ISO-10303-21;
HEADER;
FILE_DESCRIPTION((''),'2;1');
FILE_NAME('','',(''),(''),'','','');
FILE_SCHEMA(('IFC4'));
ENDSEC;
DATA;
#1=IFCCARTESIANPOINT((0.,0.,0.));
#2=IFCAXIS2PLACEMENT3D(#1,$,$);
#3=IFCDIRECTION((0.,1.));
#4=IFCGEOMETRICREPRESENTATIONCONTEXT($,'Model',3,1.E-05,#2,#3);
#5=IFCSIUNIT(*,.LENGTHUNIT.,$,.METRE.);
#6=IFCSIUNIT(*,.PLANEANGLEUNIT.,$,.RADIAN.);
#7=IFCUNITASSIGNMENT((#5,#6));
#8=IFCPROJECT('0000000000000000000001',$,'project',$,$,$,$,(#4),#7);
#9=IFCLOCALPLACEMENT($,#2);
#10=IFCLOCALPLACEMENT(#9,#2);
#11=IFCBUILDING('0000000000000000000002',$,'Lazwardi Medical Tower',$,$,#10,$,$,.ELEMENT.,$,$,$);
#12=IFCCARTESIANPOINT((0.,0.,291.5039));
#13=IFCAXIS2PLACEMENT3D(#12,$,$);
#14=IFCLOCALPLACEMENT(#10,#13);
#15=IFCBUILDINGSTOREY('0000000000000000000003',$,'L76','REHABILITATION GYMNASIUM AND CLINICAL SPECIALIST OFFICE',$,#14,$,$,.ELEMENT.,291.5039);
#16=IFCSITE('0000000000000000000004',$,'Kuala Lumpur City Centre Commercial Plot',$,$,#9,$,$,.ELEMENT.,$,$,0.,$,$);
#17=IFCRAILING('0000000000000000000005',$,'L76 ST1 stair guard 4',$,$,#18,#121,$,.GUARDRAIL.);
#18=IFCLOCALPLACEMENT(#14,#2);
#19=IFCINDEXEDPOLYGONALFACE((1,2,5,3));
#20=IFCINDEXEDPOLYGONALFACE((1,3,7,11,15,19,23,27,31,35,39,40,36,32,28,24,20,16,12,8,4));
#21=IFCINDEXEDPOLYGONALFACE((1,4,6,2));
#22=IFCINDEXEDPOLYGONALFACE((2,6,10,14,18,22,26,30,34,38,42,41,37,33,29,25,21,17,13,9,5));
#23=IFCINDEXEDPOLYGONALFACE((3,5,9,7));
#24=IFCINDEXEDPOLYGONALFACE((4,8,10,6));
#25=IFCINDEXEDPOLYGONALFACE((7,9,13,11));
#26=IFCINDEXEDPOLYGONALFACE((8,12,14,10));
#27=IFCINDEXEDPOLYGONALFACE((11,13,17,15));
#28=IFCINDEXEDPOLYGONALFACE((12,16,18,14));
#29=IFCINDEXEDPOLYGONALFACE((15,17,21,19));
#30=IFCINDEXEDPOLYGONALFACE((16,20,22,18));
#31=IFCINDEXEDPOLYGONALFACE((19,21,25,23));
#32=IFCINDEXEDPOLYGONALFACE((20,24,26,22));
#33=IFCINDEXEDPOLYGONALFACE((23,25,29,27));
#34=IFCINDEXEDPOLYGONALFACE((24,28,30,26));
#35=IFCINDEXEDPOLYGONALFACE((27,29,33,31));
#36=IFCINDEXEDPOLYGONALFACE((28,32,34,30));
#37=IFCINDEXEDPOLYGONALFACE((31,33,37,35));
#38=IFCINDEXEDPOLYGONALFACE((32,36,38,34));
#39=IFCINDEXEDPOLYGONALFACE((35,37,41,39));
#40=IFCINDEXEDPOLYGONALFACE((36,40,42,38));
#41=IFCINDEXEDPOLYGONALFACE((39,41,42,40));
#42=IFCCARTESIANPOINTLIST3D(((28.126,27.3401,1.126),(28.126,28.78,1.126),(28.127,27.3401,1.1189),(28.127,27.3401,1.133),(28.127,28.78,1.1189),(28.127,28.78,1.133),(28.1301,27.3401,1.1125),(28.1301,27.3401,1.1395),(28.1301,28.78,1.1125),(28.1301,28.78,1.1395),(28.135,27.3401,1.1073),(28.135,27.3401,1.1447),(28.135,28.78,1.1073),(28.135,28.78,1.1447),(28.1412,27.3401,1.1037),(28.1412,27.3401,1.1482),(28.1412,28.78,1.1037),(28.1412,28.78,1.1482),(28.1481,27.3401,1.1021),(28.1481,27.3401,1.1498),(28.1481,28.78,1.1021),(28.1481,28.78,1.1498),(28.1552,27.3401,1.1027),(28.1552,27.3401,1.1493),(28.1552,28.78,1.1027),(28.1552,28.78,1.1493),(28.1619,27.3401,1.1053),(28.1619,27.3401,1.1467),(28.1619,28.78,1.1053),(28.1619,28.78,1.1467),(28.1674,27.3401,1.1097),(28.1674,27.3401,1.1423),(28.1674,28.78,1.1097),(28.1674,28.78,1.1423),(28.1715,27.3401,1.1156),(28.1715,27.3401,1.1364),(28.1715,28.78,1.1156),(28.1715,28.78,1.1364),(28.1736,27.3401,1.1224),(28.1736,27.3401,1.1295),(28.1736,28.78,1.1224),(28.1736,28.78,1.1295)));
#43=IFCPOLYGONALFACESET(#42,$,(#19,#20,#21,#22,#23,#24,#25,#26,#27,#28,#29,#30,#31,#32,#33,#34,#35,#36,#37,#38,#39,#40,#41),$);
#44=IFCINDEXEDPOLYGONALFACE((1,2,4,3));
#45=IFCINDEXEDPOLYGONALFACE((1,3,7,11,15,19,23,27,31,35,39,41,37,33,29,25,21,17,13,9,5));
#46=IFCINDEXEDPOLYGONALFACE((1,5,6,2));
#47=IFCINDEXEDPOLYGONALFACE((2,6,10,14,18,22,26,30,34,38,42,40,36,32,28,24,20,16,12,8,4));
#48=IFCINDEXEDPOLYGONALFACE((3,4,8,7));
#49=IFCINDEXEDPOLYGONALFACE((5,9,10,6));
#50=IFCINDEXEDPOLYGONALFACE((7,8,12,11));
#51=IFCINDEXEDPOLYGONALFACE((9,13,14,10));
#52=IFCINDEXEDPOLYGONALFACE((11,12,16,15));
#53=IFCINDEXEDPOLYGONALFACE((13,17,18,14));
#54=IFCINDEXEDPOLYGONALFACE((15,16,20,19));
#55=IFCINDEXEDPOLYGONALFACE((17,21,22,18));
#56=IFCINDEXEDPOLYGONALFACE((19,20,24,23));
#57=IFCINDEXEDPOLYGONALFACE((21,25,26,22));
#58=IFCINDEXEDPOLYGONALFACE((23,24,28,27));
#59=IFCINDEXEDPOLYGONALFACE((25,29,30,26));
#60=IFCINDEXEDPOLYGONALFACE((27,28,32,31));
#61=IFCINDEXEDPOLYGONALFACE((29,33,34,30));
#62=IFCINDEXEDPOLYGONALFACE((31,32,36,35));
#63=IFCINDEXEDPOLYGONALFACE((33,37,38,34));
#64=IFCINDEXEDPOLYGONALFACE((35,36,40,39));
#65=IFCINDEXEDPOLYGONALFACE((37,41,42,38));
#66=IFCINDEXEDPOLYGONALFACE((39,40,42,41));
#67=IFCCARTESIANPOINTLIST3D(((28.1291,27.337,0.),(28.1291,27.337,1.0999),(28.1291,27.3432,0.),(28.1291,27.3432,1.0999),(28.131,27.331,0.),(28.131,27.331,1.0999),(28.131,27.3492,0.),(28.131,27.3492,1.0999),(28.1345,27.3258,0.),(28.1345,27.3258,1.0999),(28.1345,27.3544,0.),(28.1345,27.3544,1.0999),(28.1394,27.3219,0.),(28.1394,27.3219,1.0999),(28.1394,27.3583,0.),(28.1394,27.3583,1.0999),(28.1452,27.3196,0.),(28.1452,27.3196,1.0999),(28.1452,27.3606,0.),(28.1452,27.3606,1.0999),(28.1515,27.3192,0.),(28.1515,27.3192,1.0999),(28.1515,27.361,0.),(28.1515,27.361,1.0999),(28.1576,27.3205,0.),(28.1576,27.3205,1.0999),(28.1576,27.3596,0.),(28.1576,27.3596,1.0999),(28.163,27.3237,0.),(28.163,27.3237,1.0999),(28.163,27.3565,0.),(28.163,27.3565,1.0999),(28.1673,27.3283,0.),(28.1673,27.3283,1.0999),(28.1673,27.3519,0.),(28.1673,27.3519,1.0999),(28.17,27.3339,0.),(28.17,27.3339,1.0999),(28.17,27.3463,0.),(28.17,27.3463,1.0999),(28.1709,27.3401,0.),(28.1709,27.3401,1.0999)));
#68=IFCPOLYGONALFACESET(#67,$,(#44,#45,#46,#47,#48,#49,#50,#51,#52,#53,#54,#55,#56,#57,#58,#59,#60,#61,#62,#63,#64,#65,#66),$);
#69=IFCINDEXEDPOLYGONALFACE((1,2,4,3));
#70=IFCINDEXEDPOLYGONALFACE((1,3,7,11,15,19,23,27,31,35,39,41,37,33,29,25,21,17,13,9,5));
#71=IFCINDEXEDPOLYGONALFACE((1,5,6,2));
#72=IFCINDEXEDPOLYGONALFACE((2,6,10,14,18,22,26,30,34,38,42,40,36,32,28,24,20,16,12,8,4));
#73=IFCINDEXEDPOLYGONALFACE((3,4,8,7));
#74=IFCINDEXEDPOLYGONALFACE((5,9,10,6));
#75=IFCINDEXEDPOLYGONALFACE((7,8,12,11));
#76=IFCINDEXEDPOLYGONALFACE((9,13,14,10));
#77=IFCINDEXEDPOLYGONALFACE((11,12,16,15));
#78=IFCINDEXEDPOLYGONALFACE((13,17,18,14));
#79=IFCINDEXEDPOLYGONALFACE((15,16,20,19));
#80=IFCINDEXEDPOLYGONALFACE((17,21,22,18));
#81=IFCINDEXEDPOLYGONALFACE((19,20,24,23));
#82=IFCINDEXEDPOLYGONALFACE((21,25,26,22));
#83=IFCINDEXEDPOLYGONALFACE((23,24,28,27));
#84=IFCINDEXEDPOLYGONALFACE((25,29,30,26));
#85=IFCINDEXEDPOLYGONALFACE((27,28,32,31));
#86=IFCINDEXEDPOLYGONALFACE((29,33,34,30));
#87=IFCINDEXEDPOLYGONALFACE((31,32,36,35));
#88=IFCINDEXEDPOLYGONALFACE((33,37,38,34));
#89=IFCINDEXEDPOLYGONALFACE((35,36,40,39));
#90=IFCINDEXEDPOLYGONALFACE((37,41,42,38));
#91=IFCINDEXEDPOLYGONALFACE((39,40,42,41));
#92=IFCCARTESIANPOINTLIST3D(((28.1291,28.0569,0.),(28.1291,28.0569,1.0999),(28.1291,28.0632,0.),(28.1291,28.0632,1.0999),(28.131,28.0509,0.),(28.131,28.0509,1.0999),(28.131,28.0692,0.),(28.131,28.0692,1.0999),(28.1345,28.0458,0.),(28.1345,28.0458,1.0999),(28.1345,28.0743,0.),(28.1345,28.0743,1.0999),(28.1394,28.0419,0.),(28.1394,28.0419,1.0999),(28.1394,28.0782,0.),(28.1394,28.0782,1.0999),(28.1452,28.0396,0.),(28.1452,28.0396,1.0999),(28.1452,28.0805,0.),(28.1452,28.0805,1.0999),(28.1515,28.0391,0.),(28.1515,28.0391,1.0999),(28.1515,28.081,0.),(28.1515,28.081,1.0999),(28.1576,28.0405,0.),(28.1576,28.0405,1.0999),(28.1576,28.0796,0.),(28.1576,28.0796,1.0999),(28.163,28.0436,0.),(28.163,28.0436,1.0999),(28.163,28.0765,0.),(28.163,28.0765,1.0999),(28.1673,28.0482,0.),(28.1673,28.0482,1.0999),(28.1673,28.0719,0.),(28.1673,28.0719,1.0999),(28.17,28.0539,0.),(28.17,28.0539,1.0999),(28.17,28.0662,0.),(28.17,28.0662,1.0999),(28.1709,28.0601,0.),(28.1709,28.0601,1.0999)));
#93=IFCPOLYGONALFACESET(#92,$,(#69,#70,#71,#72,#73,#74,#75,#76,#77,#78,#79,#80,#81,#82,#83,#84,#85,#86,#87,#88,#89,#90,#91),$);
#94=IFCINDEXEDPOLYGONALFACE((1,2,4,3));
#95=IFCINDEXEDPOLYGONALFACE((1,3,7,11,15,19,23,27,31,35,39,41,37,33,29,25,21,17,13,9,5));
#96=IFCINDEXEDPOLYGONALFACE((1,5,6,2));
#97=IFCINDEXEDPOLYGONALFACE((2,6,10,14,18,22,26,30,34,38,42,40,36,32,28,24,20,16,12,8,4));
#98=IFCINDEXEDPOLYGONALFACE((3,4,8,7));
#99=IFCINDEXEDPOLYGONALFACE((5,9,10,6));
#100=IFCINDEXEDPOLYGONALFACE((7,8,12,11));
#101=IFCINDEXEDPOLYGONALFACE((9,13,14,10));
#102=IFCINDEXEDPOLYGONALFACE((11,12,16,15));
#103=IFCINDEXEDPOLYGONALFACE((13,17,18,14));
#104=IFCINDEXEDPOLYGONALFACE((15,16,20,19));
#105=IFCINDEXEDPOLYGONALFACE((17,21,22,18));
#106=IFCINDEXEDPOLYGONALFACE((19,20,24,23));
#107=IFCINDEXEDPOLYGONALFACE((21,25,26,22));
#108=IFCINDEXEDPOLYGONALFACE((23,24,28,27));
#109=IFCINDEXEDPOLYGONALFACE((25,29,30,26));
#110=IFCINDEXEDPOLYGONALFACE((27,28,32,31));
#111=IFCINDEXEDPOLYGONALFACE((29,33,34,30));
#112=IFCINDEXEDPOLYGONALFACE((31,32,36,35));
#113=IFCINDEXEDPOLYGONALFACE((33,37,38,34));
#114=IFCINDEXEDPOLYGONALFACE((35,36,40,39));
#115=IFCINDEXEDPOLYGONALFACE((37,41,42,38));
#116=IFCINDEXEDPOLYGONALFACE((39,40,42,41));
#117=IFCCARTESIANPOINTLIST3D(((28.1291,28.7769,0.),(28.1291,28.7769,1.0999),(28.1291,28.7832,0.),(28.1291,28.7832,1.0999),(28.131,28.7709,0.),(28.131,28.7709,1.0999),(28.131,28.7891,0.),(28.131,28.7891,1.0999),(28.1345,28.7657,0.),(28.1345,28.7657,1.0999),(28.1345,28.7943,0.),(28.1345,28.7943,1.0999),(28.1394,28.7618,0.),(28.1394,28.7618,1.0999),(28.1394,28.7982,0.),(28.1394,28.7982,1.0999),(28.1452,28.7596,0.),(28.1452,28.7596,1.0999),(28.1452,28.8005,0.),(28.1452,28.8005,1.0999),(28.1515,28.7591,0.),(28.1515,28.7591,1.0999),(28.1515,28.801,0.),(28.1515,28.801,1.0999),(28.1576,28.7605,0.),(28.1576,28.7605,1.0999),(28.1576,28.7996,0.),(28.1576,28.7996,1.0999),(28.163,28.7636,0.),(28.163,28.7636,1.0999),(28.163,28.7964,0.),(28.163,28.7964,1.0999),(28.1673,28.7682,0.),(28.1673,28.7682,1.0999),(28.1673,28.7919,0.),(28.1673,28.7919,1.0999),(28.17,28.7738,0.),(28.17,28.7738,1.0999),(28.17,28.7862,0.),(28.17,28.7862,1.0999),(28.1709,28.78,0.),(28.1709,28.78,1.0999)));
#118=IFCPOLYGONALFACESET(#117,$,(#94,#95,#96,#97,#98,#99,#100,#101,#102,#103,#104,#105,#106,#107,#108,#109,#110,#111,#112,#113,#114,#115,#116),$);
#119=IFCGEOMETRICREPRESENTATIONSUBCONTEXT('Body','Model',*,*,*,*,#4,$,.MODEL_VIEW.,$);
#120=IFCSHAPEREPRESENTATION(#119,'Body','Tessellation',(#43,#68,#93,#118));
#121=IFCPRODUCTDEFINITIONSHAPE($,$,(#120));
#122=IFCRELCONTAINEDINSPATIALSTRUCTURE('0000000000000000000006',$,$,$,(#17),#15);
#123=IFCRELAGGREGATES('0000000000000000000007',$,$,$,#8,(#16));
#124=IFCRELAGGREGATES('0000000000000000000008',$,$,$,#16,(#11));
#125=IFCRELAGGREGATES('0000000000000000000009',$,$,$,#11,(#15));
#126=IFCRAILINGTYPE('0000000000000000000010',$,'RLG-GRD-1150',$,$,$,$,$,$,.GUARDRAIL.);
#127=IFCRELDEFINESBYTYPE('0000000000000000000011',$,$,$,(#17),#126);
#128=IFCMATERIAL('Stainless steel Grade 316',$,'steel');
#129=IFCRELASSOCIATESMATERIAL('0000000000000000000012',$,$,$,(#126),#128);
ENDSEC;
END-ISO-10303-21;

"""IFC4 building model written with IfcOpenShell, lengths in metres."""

from ifc_helpers import new_model, si_unit, direction, frame, origin, origin_2d, place, context, subcontext, project, spatial, circle, extrude, material, type_object, element, save


model = new_model("IFC4")

# Units and contexts
model_context = context("Model", 3, precision=1e-05, world=origin(), true_north=direction((0.0, 1.0)))
body_context = subcontext(model_context, "Body", "Model", "MODEL_VIEW")
ifc_project = project(units=[si_unit("LENGTHUNIT", "METRE"), si_unit("PLANEANGLEUNIT", "RADIAN")], contexts=[model_context])

# Site, building, storey
site_placement = place(None, origin())
site = spatial("IfcSite", under=ifc_project, at=site_placement, Name="Kuala Lumpur City Centre Commercial Plot", CompositionType="ELEMENT", RefElevation=0.0)
building_placement = place(site_placement, origin())
building = spatial("IfcBuilding", under=site, at=building_placement, Name="Lazwardi Medical Tower", CompositionType="ELEMENT")
storey_placement = place(building_placement, frame((0.0, 0.0, 291.5039)))
storey = spatial("IfcBuildingStorey", under=building, at=storey_placement, Name="L76", Description="REHABILITATION GYMNASIUM AND CLINICAL SPECIALIST OFFICE", CompositionType="ELEMENT", Elevation=291.5039)

# Railing
ifc_material_1 = material(Name="Stainless steel Grade 316", Category="steel")
railing_type_1 = type_object("IfcRailingType", Name="RLG-GRD-1150", PredefinedType="GUARDRAIL", material=ifc_material_1)
railing_1_placement = place(storey_placement, frame((28.1499, 27.3401, 0.0)))
element("IfcRailing", 1, at=railing_1_placement, inside=storey, type_object=railing_type_1, Name="L76 ST1 stair guard 4", PredefinedType="GUARDRAIL", context=body_context, shape_type="SweptSolid", body=[
    extrude(circle(Radius=0.0239, at=origin_2d()), frame((0.0, 0.0, 1.126), z_axis=(0.0, 1.0, 0.0), x_axis=(-1.0, 0.0, 0.0)), (0.0, 0.0, 1.0), 1.4399),
    extrude(circle(Radius=0.021, at=origin_2d()), origin(), (0.0, 0.0, 1.0), 1.0999),
    extrude(circle(Radius=0.021, at=origin_2d()), frame((0.0, 0.72, 0.0)), (0.0, 0.0, 1.0), 1.0999),
    extrude(circle(Radius=0.021, at=origin_2d()), frame((0.0, 1.4399, 0.0)), (0.0, 0.0, 1.0), 1.0999),
])

save(model, "model.ifc")
